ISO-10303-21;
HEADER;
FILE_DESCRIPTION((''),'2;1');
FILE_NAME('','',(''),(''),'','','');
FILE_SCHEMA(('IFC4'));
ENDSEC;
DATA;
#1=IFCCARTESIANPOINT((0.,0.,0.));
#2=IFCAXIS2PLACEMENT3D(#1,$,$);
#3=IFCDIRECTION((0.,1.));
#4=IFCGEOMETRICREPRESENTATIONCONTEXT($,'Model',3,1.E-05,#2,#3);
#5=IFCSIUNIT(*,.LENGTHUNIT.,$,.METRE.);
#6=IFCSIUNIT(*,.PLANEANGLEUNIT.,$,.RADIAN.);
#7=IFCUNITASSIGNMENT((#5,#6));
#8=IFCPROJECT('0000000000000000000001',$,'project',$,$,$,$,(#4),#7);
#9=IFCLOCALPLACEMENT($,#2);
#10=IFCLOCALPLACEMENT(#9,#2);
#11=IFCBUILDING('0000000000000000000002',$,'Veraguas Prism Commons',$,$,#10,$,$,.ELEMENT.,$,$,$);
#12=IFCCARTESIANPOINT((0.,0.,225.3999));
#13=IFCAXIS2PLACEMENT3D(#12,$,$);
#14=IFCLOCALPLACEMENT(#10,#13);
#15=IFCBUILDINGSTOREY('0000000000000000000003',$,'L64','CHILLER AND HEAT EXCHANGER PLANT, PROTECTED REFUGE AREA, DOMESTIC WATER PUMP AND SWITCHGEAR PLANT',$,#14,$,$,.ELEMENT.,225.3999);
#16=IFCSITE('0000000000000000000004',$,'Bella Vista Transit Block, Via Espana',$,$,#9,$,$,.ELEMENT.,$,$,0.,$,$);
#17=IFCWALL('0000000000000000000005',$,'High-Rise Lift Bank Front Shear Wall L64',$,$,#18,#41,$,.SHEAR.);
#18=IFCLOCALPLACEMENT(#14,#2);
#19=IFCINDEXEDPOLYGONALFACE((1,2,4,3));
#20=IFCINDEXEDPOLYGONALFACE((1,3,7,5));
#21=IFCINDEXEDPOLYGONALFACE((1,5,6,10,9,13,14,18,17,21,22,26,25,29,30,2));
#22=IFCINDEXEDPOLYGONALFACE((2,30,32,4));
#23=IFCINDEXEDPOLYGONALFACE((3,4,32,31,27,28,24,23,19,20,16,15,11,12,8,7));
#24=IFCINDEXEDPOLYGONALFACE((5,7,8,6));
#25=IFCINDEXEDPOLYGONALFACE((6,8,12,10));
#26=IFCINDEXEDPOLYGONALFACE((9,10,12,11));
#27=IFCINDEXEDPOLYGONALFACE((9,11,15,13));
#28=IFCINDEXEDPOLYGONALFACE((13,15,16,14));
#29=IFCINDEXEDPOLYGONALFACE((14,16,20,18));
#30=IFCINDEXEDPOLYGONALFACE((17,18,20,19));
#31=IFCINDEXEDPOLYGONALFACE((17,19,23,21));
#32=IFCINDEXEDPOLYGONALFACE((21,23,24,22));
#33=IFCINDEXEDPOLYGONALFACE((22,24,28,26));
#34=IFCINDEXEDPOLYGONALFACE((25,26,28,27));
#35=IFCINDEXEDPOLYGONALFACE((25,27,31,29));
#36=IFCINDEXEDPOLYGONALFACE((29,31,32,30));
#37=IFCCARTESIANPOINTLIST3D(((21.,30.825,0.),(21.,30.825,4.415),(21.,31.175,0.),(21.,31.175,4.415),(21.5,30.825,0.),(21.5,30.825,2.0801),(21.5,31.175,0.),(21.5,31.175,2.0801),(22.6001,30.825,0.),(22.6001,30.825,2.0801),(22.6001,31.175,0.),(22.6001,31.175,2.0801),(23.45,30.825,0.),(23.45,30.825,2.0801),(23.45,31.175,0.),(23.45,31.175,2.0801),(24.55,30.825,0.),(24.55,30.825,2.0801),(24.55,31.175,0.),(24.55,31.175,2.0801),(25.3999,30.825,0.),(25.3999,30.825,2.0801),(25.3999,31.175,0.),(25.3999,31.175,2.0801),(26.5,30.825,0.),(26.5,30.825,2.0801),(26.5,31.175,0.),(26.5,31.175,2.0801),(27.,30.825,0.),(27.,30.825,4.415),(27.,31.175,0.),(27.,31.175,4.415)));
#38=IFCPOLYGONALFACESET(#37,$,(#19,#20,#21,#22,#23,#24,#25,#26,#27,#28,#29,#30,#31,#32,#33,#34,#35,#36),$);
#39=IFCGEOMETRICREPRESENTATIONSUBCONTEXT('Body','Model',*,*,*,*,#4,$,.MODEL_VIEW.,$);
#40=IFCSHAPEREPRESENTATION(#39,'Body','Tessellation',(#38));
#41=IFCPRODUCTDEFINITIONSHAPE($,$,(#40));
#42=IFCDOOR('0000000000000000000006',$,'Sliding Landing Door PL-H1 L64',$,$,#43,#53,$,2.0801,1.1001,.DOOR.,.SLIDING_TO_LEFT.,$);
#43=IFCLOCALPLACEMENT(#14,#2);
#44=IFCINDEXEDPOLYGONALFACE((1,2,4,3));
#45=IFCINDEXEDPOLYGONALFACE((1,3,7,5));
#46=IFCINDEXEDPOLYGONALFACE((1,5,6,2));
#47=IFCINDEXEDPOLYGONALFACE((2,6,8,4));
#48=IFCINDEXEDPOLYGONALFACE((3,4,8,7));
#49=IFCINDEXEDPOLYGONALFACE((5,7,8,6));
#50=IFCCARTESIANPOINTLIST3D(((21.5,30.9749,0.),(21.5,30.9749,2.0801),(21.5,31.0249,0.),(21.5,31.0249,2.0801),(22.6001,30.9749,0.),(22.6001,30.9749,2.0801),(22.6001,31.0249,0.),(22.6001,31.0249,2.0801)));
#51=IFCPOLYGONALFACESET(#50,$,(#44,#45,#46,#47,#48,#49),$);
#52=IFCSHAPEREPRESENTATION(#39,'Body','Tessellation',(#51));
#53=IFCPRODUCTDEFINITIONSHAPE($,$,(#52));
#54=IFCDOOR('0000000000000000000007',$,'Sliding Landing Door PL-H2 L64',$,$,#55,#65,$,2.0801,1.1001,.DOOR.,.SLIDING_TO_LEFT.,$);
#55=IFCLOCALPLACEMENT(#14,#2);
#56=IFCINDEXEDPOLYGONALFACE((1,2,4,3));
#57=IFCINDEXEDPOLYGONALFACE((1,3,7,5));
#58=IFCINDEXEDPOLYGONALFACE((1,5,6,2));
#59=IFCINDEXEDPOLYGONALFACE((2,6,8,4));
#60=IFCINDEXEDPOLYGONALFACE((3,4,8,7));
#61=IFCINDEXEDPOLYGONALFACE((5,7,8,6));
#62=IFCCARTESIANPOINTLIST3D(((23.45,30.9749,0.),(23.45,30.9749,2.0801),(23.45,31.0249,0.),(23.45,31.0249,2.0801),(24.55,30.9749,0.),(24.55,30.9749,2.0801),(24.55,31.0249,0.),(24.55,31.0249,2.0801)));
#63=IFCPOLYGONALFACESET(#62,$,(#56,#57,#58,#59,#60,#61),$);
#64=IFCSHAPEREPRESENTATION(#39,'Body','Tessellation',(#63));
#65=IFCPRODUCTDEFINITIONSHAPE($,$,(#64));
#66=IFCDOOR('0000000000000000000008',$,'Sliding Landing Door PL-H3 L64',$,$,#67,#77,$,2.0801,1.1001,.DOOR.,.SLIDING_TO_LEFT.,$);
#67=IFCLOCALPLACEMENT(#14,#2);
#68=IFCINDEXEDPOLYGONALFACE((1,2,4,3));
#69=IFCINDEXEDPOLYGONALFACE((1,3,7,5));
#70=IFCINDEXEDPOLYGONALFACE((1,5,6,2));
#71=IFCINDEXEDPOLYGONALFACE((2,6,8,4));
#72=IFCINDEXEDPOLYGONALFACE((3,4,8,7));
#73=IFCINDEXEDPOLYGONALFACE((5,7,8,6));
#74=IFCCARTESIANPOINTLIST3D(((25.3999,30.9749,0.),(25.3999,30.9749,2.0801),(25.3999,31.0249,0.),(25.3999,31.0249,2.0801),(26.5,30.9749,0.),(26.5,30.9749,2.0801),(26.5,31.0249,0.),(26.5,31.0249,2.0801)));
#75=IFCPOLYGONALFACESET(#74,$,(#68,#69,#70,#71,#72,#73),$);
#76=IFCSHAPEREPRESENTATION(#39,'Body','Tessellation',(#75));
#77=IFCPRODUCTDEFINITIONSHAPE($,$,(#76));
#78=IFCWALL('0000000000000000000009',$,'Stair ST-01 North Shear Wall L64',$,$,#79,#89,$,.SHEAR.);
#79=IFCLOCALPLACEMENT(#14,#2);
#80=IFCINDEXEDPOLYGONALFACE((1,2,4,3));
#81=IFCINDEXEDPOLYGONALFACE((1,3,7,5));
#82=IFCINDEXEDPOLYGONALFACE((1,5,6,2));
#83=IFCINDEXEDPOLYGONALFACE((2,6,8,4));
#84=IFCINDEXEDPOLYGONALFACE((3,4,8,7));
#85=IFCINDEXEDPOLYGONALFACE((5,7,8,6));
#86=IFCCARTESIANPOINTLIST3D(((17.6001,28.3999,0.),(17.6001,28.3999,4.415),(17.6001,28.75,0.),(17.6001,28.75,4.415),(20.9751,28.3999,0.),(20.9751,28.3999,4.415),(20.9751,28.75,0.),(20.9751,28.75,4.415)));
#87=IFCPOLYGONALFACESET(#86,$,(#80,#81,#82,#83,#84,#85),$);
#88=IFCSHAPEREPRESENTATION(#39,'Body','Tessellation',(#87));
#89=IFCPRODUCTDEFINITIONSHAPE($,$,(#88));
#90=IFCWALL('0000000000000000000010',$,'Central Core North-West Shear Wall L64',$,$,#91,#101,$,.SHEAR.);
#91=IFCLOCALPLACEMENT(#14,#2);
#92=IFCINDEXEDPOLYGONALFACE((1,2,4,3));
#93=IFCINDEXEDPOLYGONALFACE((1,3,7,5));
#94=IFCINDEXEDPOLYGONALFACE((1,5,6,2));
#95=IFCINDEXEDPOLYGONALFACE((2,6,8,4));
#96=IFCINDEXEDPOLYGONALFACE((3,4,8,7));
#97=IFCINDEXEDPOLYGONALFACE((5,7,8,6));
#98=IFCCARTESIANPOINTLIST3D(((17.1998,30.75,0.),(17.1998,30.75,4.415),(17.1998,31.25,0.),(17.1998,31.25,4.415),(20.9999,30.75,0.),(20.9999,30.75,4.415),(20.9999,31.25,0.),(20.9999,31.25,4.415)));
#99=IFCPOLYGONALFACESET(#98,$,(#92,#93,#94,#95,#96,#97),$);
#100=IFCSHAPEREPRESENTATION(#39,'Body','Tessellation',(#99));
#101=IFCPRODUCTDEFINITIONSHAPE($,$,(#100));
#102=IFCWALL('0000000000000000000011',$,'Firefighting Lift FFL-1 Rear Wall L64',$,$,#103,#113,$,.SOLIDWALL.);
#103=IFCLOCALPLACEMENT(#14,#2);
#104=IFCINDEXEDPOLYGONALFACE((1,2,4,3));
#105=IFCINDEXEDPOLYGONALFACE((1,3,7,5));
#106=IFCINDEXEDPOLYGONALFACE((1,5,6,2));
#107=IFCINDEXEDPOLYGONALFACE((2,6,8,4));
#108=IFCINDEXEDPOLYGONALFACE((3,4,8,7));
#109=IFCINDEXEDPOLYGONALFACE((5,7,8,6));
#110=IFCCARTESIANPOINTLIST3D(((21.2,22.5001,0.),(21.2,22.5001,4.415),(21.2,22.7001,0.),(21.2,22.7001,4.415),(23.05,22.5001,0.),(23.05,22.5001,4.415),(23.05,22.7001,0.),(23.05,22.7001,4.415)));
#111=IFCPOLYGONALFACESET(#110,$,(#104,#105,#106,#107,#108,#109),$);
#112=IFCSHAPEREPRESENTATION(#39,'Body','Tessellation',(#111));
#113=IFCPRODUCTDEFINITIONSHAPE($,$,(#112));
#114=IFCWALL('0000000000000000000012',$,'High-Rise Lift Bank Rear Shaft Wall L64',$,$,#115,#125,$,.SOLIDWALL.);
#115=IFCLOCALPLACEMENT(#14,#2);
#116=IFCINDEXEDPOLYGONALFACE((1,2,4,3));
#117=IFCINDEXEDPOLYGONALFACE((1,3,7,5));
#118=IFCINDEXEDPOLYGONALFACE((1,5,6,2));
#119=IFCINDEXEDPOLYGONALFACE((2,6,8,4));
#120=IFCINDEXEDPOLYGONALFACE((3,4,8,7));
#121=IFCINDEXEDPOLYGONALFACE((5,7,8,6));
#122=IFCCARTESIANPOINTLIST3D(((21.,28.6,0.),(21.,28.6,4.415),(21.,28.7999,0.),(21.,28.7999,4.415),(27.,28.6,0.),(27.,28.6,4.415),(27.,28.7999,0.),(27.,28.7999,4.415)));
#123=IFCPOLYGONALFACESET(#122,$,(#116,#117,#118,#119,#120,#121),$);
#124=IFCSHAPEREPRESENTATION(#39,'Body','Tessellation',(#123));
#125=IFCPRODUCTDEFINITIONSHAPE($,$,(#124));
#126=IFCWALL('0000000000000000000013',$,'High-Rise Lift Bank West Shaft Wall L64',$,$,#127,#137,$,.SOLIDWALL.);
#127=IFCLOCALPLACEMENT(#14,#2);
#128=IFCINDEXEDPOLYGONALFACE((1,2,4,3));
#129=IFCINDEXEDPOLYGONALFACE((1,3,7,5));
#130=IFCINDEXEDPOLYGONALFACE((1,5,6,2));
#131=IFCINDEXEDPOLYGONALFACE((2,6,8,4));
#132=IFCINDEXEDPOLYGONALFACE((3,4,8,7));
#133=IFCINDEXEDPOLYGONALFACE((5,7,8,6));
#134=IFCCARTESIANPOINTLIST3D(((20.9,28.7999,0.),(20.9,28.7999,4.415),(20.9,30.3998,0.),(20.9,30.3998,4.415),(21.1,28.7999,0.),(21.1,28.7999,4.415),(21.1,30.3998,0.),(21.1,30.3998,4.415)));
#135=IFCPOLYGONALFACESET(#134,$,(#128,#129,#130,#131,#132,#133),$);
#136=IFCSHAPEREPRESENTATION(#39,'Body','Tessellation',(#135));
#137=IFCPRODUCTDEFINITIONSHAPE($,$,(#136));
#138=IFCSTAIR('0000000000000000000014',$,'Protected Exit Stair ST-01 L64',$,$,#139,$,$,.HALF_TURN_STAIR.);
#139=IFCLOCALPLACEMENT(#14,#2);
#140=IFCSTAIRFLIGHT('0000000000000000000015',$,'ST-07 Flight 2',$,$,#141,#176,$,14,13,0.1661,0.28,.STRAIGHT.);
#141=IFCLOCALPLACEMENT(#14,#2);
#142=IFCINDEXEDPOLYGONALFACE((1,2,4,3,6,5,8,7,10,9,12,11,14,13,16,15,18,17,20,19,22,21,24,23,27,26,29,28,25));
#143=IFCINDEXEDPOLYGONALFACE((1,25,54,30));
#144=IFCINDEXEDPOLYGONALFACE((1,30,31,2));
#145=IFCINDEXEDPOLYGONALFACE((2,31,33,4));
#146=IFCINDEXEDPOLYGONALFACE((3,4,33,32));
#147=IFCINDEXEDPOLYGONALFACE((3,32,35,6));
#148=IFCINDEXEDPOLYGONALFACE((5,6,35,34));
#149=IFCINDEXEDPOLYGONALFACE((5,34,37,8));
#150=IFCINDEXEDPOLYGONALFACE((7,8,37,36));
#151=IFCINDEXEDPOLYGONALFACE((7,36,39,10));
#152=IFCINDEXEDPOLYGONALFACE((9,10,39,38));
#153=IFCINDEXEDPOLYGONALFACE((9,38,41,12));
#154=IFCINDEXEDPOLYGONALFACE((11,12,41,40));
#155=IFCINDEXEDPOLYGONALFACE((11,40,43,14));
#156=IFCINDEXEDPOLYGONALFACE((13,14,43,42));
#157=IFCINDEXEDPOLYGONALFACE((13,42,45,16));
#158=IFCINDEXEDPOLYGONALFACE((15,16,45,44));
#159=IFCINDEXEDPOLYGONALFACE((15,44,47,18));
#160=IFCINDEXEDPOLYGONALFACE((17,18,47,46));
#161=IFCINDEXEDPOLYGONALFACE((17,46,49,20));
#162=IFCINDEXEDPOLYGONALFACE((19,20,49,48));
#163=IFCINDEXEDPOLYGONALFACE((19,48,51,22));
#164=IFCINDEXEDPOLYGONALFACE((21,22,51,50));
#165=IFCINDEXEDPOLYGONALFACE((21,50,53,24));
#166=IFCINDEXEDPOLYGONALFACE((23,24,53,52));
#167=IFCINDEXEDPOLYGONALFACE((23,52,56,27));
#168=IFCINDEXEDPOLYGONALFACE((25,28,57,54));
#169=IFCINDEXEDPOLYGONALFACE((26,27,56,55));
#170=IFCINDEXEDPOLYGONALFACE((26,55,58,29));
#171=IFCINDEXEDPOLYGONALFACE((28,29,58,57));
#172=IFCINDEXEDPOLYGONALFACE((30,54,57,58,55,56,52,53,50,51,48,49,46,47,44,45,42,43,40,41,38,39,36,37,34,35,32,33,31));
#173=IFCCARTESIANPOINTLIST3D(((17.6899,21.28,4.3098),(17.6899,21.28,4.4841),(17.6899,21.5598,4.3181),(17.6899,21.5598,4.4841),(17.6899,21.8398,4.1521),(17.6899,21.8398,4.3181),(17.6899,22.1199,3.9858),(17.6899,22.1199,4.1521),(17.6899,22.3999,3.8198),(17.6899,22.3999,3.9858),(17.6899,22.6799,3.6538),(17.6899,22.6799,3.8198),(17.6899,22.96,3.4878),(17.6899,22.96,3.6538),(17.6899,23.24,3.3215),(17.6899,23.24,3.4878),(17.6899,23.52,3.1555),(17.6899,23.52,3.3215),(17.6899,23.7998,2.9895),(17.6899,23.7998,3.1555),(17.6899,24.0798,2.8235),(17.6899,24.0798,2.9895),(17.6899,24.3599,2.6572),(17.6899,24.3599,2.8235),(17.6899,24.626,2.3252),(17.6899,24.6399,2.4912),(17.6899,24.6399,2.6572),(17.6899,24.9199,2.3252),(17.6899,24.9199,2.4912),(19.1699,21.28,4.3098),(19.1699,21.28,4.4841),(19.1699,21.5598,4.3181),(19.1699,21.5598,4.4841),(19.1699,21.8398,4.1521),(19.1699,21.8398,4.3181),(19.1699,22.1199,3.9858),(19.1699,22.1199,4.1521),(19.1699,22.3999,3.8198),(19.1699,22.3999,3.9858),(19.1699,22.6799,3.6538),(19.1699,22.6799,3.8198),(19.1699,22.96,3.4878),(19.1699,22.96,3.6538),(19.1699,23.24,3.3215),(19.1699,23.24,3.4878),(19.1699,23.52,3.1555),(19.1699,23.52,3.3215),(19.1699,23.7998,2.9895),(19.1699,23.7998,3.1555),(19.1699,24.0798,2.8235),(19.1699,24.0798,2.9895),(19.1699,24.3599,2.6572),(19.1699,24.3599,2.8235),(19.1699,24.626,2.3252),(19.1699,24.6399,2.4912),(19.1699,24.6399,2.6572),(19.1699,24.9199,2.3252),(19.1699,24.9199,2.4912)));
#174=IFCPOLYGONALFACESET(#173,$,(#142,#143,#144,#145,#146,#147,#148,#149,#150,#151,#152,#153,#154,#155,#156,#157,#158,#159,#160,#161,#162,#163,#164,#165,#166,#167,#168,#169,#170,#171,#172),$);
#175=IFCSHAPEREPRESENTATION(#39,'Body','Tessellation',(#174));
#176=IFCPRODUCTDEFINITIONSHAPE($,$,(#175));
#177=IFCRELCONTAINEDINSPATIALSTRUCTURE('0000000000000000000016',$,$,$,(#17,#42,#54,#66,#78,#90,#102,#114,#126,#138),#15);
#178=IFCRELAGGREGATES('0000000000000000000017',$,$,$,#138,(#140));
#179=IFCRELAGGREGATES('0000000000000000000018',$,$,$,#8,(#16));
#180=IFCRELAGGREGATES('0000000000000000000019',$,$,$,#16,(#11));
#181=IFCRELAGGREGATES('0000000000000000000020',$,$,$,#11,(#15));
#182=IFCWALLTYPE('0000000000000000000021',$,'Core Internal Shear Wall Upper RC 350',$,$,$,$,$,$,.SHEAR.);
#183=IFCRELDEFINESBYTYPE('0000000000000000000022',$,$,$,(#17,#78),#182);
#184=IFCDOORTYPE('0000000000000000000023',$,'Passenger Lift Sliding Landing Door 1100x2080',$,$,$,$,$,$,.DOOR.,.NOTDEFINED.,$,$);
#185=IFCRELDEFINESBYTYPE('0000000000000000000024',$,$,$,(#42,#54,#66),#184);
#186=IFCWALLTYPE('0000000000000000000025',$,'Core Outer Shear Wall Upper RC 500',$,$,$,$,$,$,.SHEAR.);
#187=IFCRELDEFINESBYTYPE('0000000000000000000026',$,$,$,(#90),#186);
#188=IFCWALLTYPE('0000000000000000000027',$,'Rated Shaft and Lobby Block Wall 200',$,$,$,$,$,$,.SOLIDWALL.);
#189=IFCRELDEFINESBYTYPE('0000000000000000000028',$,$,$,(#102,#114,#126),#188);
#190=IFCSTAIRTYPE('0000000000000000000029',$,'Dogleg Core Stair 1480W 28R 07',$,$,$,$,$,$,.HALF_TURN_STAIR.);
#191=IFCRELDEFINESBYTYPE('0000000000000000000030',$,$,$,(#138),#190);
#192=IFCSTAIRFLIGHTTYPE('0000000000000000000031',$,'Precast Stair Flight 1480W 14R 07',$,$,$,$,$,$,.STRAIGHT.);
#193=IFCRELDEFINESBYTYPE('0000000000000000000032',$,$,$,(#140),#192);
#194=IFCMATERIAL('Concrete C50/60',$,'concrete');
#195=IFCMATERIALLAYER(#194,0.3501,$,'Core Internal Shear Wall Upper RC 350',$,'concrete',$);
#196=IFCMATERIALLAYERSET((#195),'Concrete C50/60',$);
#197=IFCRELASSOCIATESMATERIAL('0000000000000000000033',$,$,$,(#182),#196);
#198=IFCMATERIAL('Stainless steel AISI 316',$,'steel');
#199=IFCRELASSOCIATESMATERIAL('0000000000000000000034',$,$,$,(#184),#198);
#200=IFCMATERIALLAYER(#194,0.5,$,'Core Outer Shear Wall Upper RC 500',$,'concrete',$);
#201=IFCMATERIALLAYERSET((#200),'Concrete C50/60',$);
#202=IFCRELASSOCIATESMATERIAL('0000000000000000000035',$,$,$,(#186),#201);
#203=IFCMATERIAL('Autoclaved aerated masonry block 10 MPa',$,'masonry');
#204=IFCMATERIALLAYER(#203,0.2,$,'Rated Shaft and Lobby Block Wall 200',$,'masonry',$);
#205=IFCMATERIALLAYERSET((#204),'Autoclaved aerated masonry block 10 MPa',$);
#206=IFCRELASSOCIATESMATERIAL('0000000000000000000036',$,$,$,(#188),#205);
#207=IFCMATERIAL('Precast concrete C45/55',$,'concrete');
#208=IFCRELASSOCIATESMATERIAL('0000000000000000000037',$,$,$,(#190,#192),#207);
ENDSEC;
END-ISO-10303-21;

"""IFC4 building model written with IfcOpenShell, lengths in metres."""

from ifc_helpers import new_model, si_unit, direction, frame, frame_2d, origin, place, context, subcontext, project, spatial, polyline, rectangle, outline, extrude, source, transform, mapped, material, layer, layer_set, type_object, element, fill, aggregate, save


model = new_model("IFC4")

# Units and contexts
model_context = context("Model", 3, precision=1e-05, world=origin(), true_north=direction((0.0, 1.0)))
body_context = subcontext(model_context, "Body", "Model", "MODEL_VIEW")
ifc_project = project(units=[si_unit("LENGTHUNIT", "METRE"), si_unit("PLANEANGLEUNIT", "RADIAN")], contexts=[model_context])

# Site, building, storey
site_placement = place(None, origin())
site = spatial("IfcSite", under=ifc_project, at=site_placement, Name="Bella Vista Transit Block, Via Espana", CompositionType="ELEMENT", RefElevation=0.0)
building_placement = place(site_placement, origin())
building = spatial("IfcBuilding", under=site, at=building_placement, Name="Veraguas Prism Commons", CompositionType="ELEMENT")
storey_placement = place(building_placement, frame((0.0, 0.0, 225.3999)))
storey = spatial("IfcBuildingStorey", under=building, at=storey_placement, Name="L64", Description="CHILLER AND HEAT EXCHANGER PLANT, PROTECTED REFUGE AREA, DOMESTIC WATER PUMP AND SWITCHGEAR PLANT", CompositionType="ELEMENT", Elevation=225.3999)

# Shared definitions
ifc_material_1 = material(Name="Concrete C50/60", Category="concrete")

# Wall, openings, doors
ifc_layer_1 = layer(ifc_material_1, 0.3501, Name="Core Internal Shear Wall Upper RC 350", Category="concrete")
ifc_layer_set_1 = layer_set([ifc_layer_1], Name="Concrete C50/60")
wall_type_1 = type_object("IfcWallType", Name="Core Internal Shear Wall Upper RC 350", PredefinedType="SHEAR", material=ifc_layer_set_1)
wall_1_placement = place(storey_placement, frame((21.0, 31.0, 0.0), z_axis=(0.0, 0.0, 1.0), x_axis=(1.0, 0.0, 0.0)))
wall_1 = element("IfcWall", 1, at=wall_1_placement, inside=storey, type_object=wall_type_1, Name="High-Rise Lift Bank Front Shear Wall L64", PredefinedType="SHEAR", context=body_context, shape_type="SweptSolid", body=[
    extrude(rectangle(XDim=6.0, YDim=0.3501, at=frame_2d((3.0, 0.0))), origin(), (0.0, 0.0, 1.0), 4.415),
])
opening_1_placement = place(wall_1_placement, frame((0.5, 0.0, 0.0)))
opening_1 = element("IfcOpeningElement", 2, at=opening_1_placement, cuts=wall_1, PredefinedType="OPENING", context=body_context, shape_type="SweptSolid", body=[
    extrude(rectangle(XDim=1.1001, YDim=2.0801, at=frame_2d((0.55, 1.04))), frame((0.0, 0.1851, 0.0), z_axis=(0.0, -1.0, 0.0), x_axis=(1.0, 0.0, 0.0)), (0.0, 0.0, 1.0), 0.3701),
])
opening_2_placement = place(wall_1_placement, frame((2.45, 0.0, 0.0)))
opening_2 = element("IfcOpeningElement", 3, at=opening_2_placement, cuts=wall_1, PredefinedType="OPENING", context=body_context, shape_type="SweptSolid", body=[
    extrude(rectangle(XDim=1.1001, YDim=2.0801, at=frame_2d((0.55, 1.04))), frame((0.0, 0.1851, 0.0), z_axis=(0.0, -1.0, 0.0), x_axis=(1.0, 0.0, 0.0)), (0.0, 0.0, 1.0), 0.3701),
])
opening_3_placement = place(wall_1_placement, frame((4.3999, 0.0, 0.0)))
opening_3 = element("IfcOpeningElement", 4, at=opening_3_placement, cuts=wall_1, PredefinedType="OPENING", context=body_context, shape_type="SweptSolid", body=[
    extrude(rectangle(XDim=1.1001, YDim=2.0801, at=frame_2d((0.55, 1.04))), frame((0.0, 0.1851, 0.0), z_axis=(0.0, -1.0, 0.0), x_axis=(1.0, 0.0, 0.0)), (0.0, 0.0, 1.0), 0.3701),
])
ifc_material_2 = material(Name="Stainless steel AISI 316", Category="steel")
door_type = type_object("IfcDoorType", Name="Passenger Lift Sliding Landing Door 1100x2080", OperationType="NOTDEFINED", PredefinedType="DOOR", material=ifc_material_2)
shared_shape_1 = source(origin(), body_context, "Body", "SweptSolid", [
    extrude(rectangle(XDim=1.1001, YDim=2.0801, at=frame_2d((0.55, 1.04))), frame((0.0, 0.0249, 0.0), z_axis=(0.0, -1.0, 0.0), x_axis=(1.0, 0.0, 0.0)), (0.0, 0.0, 1.0), 0.05),
])
door_1_placement = place(opening_1_placement, origin())
door_1 = element("IfcDoor", 5, at=door_1_placement, inside=storey, type_object=door_type, Name="Sliding Landing Door PL-H1 L64", OperationType="SLIDING_TO_LEFT", OverallHeight=2.0801, OverallWidth=1.1001, PredefinedType="DOOR", context=body_context, shape_type="MappedRepresentation", body=[
    mapped(shared_shape_1, transform((0.0, 0.0, 0.0), scale=1.0)),
])
fill(opening_1, door_1)
door_2_placement = place(opening_2_placement, origin())
door_2 = element("IfcDoor", 6, at=door_2_placement, inside=storey, type_object=door_type, Name="Sliding Landing Door PL-H2 L64", OperationType="SLIDING_TO_LEFT", OverallHeight=2.0801, OverallWidth=1.1001, PredefinedType="DOOR", context=body_context, shape_type="MappedRepresentation", body=[
    mapped(shared_shape_1, transform((0.0, 0.0, 0.0), scale=1.0)),
])
fill(opening_2, door_2)
door_3_placement = place(opening_3_placement, origin())
door_3 = element("IfcDoor", 7, at=door_3_placement, inside=storey, type_object=door_type, Name="Sliding Landing Door PL-H3 L64", OperationType="SLIDING_TO_LEFT", OverallHeight=2.0801, OverallWidth=1.1001, PredefinedType="DOOR", context=body_context, shape_type="MappedRepresentation", body=[
    mapped(shared_shape_1, transform((0.0, 0.0, 0.0), scale=1.0)),
])
fill(opening_3, door_3)

# Walls
wall_2_placement = place(storey_placement, frame((17.6001, 28.575, 0.0), z_axis=(0.0, 0.0, 1.0), x_axis=(1.0, 0.0, 0.0)))
element("IfcWall", 8, at=wall_2_placement, inside=storey, type_object=wall_type_1, Name="Stair ST-01 North Shear Wall L64", PredefinedType="SHEAR", context=body_context, shape_type="SweptSolid", body=[
    extrude(rectangle(XDim=3.375, YDim=0.3501, at=frame_2d((1.6875, 0.0))), origin(), (0.0, 0.0, 1.0), 4.415),
])
ifc_layer_2 = layer(ifc_material_1, 0.5, Name="Core Outer Shear Wall Upper RC 500", Category="concrete")
ifc_layer_set_2 = layer_set([ifc_layer_2], Name="Concrete C50/60")
wall_type_2 = type_object("IfcWallType", Name="Core Outer Shear Wall Upper RC 500", PredefinedType="SHEAR", material=ifc_layer_set_2)
wall_3_placement = place(storey_placement, frame((17.2, 31.0, 0.0), z_axis=(0.0, 0.0, 1.0), x_axis=(1.0, 0.0, 0.0)))
element("IfcWall", 9, at=wall_3_placement, inside=storey, type_object=wall_type_2, Name="Central Core North-West Shear Wall L64", PredefinedType="SHEAR", context=body_context, shape_type="SweptSolid", body=[
    extrude(rectangle(XDim=3.8, YDim=0.5, at=frame_2d((1.8999, 0.0))), origin(), (0.0, 0.0, 1.0), 4.415),
])
ifc_material_3 = material(Name="Autoclaved aerated masonry block 10 MPa", Category="masonry")
ifc_layer_3 = layer(ifc_material_3, 0.2, Name="Rated Shaft and Lobby Block Wall 200", Category="masonry")
ifc_layer_set_3 = layer_set([ifc_layer_3], Name="Autoclaved aerated masonry block 10 MPa")
wall_type_3 = type_object("IfcWallType", Name="Rated Shaft and Lobby Block Wall 200", PredefinedType="SOLIDWALL", material=ifc_layer_set_3)
wall_4_placement = place(storey_placement, frame((21.2, 22.6001, 0.0), z_axis=(0.0, 0.0, 1.0), x_axis=(1.0, 0.0, 0.0)))
element("IfcWall", 10, at=wall_4_placement, inside=storey, type_object=wall_type_3, Name="Firefighting Lift FFL-1 Rear Wall L64", PredefinedType="SOLIDWALL", context=body_context, shape_type="SweptSolid", body=[
    extrude(rectangle(XDim=1.8501, YDim=0.2, at=frame_2d((0.925, 0.0))), origin(), (0.0, 0.0, 1.0), 4.415),
])
wall_5_placement = place(storey_placement, frame((21.0, 28.7, 0.0), z_axis=(0.0, 0.0, 1.0), x_axis=(1.0, 0.0, 0.0)))
element("IfcWall", 11, at=wall_5_placement, inside=storey, type_object=wall_type_3, Name="High-Rise Lift Bank Rear Shaft Wall L64", PredefinedType="SOLIDWALL", context=body_context, shape_type="SweptSolid", body=[
    extrude(rectangle(XDim=6.0, YDim=0.2, at=frame_2d((3.0, 0.0))), origin(), (0.0, 0.0, 1.0), 4.415),
])
wall_6_placement = place(storey_placement, frame((21.0, 28.8, 0.0), z_axis=(0.0, 0.0, 1.0), x_axis=(0.0, 1.0, 0.0)))
element("IfcWall", 12, at=wall_6_placement, inside=storey, type_object=wall_type_3, Name="High-Rise Lift Bank West Shaft Wall L64", PredefinedType="SOLIDWALL", context=body_context, shape_type="SweptSolid", body=[
    extrude(rectangle(XDim=1.5999, YDim=0.2, at=frame_2d((0.7998, 0.0))), origin(), (0.0, 0.0, 1.0), 4.415),
])

# Stair, stair flight
ifc_material_4 = material(Name="Precast concrete C45/55", Category="concrete")
stair_type = type_object("IfcStairType", Name="Dogleg Core Stair 1480W 28R 07", PredefinedType="HALF_TURN_STAIR", material=ifc_material_4)
stair_placement = place(storey_placement, origin())
stair = element("IfcStair", 13, at=stair_placement, inside=storey, type_object=stair_type, Name="Protected Exit Stair ST-01 L64", PredefinedType="HALF_TURN_STAIR")
stair_flight_type = type_object("IfcStairFlightType", Name="Precast Stair Flight 1480W 14R 07", PredefinedType="STRAIGHT", material=ifc_material_4)
stair_flight_placement = place(storey_placement, frame((18.4299, 24.9199, 2.3252), z_axis=(0.0, 0.0, 1.0), x_axis=(0.0, -1.0, 0.0)))
stair_flight = element("IfcStairFlight", 14, at=stair_flight_placement, type_object=stair_flight_type, Name="ST-07 Flight 2", NumberOfRisers=14, NumberOfTreads=13, PredefinedType="STRAIGHT", RiserHeight=0.1661, TreadLength=0.28, context=body_context, shape_type="SweptSolid", body=[
    extrude(outline(polyline([(0.0, 0.0), (0.0, 0.166), (0.28, 0.166), (0.28, 0.332), (0.5601, 0.332), (0.5601, 0.4983), (0.8401, 0.4983), (0.8401, 0.6643), (1.1201, 0.6643), (1.1201, 0.8303), (1.3999, 0.8303), (1.3999, 0.9963), (1.6799, 0.9963), (1.6799, 1.1626), (1.96, 1.1626), (1.96, 1.3286), (2.24, 1.3286), (2.24, 1.4946), (2.52, 1.4946), (2.52, 1.6606), (2.8, 1.6606), (2.8, 1.8269), (3.0801, 1.8269), (3.0801, 1.9929), (3.3601, 1.9929), (3.3601, 2.1589), (3.6399, 2.1589), (3.6399, 2.325), (3.6399, 1.9846), (0.2939, 0.0), (0.0, 0.0)])), frame((0.0, 0.74, 0.0), z_axis=(0.0, -1.0, 0.0), x_axis=(1.0, 0.0, 0.0)), (0.0, 0.0, 1.0), 1.48),
])
aggregate(stair, [stair_flight])

save(model, "model.ifc")
